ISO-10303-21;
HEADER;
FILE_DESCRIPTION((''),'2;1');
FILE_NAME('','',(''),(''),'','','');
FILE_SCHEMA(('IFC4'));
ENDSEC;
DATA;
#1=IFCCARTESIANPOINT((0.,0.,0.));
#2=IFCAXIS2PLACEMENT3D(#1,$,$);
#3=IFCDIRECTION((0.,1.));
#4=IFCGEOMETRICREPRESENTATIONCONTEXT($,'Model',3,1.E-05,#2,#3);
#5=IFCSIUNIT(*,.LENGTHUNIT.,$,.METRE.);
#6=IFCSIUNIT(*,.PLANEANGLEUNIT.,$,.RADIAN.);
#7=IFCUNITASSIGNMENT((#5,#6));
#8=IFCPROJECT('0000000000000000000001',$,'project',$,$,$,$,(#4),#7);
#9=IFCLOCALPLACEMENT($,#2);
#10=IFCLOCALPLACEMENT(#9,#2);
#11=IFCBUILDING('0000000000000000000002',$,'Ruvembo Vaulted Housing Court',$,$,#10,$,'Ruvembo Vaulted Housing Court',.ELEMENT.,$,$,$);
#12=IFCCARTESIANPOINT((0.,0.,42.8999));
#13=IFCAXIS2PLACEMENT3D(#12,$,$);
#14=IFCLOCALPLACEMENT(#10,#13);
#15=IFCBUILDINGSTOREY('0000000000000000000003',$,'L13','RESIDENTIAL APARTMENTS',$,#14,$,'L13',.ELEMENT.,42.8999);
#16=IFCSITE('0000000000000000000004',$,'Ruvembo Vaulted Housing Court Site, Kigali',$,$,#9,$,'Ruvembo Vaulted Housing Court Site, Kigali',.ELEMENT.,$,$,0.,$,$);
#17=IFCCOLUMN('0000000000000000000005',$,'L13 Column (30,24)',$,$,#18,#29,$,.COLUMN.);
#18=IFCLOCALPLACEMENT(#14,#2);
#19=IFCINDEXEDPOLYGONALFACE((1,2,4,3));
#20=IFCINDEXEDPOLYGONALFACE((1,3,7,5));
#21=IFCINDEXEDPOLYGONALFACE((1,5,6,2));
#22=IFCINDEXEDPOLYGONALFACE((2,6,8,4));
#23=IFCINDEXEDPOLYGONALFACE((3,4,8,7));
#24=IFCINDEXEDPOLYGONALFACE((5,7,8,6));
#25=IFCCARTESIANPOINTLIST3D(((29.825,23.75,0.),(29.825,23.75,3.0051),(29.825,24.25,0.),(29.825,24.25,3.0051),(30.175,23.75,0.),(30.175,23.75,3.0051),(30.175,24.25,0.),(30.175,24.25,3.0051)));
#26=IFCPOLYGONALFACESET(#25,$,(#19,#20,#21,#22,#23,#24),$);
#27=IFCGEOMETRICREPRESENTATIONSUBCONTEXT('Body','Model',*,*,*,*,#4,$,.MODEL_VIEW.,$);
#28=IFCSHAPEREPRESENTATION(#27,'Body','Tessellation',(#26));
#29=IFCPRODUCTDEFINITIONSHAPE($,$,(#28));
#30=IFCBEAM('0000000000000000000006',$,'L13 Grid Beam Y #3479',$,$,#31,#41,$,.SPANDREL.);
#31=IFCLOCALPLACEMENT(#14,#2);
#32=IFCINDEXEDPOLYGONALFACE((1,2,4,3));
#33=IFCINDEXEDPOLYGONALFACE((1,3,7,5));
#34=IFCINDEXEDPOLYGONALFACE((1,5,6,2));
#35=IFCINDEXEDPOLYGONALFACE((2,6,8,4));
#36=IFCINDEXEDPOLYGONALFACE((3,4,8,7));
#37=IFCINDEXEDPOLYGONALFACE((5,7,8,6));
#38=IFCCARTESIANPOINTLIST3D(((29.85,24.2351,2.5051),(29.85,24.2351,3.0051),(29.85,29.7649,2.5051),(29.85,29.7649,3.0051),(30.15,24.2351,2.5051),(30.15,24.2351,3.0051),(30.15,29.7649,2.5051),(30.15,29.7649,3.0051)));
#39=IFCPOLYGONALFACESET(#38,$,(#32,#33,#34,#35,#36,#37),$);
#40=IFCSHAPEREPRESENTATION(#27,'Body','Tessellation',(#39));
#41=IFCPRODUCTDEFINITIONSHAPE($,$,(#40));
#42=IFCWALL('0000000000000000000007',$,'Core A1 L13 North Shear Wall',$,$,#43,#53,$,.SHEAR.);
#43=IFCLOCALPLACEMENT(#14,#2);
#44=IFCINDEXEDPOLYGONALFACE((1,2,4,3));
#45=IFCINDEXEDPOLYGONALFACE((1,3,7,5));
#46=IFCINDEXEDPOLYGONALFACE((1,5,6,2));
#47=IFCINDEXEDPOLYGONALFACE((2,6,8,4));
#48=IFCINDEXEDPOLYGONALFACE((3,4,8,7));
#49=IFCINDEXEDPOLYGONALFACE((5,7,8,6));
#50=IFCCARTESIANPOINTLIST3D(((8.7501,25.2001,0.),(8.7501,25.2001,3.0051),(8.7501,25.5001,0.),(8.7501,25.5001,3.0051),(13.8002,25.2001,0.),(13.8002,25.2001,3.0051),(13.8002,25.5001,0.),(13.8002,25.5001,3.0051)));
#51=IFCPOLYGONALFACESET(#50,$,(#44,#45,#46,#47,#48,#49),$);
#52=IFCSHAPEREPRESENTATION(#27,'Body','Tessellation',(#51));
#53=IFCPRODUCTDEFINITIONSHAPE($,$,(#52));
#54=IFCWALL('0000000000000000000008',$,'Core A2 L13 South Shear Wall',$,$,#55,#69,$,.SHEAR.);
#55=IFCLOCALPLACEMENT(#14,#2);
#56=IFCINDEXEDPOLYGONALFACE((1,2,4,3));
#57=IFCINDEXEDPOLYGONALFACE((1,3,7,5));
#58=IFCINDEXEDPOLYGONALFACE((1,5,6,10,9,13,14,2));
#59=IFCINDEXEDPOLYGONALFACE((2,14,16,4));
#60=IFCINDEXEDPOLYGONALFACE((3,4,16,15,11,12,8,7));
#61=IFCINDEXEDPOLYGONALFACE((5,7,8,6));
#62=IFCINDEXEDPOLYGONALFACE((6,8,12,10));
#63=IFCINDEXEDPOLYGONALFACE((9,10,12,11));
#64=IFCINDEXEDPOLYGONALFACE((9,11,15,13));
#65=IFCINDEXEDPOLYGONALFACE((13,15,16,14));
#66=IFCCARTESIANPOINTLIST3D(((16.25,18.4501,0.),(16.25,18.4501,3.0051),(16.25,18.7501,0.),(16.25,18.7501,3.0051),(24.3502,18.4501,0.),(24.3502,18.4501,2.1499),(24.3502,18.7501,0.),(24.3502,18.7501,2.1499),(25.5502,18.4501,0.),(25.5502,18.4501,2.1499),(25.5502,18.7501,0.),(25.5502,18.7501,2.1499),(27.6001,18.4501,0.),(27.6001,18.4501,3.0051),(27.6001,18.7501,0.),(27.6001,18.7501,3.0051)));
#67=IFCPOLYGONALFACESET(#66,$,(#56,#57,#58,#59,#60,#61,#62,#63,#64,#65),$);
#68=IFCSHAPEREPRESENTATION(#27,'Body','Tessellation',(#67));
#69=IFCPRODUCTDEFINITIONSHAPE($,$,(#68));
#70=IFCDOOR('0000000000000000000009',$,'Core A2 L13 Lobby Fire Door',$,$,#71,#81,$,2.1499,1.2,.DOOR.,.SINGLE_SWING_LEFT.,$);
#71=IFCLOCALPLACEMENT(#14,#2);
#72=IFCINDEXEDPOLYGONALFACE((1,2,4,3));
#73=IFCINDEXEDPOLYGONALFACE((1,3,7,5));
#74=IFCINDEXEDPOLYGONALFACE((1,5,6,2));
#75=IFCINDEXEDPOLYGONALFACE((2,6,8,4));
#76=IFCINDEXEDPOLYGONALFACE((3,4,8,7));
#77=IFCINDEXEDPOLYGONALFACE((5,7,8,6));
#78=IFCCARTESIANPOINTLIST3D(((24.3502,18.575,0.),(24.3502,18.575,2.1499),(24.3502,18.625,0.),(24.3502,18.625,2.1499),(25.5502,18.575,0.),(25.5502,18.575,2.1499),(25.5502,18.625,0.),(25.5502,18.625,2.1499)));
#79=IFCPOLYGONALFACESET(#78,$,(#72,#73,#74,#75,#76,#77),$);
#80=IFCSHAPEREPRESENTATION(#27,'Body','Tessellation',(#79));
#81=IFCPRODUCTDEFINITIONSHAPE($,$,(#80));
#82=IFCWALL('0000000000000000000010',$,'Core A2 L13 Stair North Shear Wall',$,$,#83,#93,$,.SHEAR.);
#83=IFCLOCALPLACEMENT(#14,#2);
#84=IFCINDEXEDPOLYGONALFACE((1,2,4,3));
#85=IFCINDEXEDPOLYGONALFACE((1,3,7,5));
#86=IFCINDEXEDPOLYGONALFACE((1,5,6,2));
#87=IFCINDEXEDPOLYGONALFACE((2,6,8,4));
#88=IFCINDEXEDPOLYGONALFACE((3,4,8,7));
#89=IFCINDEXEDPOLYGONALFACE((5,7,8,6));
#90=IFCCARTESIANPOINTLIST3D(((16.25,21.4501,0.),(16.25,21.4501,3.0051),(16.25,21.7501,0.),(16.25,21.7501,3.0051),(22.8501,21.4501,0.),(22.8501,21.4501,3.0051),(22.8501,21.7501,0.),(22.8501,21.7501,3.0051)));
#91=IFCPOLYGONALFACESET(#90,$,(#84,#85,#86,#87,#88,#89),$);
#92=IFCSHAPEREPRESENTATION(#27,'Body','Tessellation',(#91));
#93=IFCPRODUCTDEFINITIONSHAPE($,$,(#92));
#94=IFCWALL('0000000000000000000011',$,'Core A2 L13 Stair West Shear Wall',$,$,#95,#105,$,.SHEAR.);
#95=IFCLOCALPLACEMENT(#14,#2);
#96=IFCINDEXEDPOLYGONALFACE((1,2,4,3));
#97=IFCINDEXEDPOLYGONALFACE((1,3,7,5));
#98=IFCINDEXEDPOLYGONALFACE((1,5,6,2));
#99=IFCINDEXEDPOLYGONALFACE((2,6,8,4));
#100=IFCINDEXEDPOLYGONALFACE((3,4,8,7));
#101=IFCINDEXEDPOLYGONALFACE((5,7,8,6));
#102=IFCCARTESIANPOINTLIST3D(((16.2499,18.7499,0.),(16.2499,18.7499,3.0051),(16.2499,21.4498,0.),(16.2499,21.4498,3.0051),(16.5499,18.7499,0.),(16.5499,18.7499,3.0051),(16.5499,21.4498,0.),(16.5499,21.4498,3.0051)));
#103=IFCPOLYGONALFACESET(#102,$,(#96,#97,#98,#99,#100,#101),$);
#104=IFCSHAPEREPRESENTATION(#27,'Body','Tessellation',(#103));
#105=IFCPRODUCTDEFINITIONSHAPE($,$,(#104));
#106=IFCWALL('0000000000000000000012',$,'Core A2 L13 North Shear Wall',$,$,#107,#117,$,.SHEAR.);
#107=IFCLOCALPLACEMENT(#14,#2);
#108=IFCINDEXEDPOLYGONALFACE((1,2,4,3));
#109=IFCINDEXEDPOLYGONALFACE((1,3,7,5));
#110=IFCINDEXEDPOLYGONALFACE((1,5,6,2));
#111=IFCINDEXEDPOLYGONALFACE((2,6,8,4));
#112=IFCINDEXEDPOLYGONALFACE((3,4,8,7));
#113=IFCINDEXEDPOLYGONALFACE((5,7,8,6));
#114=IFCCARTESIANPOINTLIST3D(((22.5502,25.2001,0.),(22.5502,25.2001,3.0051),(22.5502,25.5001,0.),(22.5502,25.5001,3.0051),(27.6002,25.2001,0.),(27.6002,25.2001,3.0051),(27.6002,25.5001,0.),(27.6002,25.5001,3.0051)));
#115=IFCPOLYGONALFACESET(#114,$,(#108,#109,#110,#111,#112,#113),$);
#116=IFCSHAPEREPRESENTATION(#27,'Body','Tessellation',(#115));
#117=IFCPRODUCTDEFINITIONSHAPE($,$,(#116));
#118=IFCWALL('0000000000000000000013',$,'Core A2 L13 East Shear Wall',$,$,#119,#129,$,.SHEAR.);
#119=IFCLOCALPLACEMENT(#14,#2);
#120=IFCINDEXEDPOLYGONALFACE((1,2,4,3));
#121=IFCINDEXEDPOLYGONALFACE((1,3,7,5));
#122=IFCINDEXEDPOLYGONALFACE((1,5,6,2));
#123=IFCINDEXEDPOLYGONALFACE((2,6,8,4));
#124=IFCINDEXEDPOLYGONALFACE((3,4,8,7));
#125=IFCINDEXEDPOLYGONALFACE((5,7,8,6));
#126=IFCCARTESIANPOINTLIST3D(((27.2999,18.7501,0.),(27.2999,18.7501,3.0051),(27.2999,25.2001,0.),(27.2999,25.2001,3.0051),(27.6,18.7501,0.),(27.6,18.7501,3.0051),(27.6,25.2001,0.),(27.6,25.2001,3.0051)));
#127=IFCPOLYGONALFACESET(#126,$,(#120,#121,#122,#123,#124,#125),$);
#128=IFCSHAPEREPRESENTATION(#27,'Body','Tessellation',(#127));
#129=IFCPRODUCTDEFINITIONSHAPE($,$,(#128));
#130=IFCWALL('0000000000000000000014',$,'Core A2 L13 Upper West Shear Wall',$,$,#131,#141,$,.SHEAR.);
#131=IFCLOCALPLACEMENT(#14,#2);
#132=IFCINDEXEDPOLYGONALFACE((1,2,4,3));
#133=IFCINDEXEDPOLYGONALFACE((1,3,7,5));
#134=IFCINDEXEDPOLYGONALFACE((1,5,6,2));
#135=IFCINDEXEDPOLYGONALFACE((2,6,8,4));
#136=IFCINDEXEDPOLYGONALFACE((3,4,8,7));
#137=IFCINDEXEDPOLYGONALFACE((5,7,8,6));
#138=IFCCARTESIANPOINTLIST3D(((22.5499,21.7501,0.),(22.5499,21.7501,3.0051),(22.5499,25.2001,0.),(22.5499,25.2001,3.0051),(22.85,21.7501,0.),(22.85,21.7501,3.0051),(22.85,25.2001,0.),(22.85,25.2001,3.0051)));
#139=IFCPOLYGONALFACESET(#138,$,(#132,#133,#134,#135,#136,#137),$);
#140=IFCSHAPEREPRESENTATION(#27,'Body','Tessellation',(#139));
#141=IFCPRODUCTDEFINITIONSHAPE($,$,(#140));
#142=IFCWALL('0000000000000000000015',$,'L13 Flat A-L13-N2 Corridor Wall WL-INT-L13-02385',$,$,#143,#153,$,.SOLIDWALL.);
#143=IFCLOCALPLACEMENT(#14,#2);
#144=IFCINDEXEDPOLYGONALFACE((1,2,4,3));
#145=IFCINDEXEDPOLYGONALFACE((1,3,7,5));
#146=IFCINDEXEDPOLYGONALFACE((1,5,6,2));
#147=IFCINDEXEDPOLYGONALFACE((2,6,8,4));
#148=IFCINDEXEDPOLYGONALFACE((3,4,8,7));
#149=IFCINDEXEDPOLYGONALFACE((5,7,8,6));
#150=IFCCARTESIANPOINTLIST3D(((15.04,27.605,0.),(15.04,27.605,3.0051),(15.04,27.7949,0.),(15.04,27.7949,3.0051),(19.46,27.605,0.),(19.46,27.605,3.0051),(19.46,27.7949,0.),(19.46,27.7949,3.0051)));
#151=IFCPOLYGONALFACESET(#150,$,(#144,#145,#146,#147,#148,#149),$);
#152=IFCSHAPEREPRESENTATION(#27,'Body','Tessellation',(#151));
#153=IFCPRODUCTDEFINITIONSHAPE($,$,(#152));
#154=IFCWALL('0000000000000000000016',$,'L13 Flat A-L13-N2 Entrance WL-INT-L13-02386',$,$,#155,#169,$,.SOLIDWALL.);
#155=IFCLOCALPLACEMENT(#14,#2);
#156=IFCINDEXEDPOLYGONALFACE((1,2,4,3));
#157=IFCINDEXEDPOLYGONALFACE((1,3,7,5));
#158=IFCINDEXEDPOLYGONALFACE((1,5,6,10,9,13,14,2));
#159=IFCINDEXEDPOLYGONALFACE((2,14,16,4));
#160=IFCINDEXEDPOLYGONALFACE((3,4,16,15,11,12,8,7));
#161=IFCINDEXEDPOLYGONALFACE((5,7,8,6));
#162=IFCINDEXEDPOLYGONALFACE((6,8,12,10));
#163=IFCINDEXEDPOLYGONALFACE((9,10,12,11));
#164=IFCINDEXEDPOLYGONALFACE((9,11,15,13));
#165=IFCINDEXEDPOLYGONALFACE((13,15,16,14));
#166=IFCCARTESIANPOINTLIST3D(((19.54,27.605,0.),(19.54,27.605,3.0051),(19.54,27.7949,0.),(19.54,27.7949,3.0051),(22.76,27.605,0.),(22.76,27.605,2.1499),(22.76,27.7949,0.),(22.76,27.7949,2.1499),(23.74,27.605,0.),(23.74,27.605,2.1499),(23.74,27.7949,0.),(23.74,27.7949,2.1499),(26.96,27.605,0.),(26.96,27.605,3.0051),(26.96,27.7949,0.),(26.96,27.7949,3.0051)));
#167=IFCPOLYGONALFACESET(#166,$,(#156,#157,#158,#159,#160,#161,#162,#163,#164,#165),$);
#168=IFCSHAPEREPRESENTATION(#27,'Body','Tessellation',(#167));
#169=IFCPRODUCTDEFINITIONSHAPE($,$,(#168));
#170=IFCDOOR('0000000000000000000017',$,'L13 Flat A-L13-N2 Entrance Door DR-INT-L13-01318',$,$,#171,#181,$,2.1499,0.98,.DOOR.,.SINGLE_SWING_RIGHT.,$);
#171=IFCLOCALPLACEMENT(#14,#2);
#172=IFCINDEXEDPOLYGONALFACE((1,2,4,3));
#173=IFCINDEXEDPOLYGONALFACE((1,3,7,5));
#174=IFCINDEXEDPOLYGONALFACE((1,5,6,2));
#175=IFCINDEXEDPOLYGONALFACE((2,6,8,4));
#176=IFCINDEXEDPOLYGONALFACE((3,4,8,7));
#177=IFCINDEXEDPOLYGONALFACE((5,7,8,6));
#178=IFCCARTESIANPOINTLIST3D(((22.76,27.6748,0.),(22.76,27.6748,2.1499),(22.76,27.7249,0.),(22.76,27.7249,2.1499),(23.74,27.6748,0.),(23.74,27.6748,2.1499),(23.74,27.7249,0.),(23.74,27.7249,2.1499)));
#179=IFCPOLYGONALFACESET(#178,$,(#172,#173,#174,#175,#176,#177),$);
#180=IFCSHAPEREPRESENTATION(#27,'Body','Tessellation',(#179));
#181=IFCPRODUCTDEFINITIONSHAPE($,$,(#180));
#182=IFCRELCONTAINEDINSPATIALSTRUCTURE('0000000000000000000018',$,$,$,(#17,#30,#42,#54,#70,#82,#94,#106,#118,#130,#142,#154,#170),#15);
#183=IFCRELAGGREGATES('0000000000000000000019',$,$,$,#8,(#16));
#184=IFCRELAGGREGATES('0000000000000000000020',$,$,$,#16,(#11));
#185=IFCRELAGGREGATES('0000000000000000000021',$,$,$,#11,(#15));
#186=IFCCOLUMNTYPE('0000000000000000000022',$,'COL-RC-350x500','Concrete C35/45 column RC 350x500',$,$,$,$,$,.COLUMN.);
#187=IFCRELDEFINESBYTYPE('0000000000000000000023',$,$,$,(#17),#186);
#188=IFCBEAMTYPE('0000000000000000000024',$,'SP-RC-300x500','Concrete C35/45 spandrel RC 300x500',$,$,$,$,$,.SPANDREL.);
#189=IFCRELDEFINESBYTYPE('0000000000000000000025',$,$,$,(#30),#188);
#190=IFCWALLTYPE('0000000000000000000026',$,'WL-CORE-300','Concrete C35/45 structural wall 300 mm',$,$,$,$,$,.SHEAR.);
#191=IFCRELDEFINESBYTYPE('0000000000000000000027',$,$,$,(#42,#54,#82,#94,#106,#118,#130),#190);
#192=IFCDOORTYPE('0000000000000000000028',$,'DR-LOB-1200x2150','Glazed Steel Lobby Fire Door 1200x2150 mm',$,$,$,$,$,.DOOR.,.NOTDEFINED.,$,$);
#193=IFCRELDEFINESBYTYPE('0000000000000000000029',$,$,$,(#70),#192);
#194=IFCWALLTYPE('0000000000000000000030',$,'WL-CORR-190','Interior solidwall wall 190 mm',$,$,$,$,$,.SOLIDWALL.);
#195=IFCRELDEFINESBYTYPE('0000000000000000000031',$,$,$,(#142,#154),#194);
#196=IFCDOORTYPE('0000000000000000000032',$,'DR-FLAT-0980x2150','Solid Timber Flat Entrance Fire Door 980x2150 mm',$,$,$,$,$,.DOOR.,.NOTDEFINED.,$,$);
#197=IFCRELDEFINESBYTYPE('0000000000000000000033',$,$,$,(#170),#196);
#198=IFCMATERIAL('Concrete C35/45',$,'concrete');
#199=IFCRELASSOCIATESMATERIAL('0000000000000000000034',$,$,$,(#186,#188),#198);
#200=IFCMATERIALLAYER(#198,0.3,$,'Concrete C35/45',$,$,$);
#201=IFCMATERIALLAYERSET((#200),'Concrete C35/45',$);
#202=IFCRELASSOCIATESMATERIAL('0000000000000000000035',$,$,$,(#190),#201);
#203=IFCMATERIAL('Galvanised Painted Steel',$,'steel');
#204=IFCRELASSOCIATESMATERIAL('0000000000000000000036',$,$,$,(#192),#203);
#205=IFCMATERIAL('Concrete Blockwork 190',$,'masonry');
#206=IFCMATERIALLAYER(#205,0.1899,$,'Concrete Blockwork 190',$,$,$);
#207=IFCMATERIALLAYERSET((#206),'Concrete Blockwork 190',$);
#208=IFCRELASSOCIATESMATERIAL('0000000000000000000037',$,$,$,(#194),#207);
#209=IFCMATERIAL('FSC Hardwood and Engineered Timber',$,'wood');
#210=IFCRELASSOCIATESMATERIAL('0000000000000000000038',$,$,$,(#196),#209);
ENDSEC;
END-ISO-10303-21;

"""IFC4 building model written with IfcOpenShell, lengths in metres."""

from ifc_helpers import new_model, si_unit, direction, frame, frame_2d, origin, origin_2d, place, context, subcontext, project, spatial, rectangle, extrude, material, layer, layer_set, material_profile, profile_set, type_object, element, fill, save


model = new_model("IFC4")

# Units and contexts
model_context = context("Model", 3, precision=1e-05, world=origin(), true_north=direction((0.0, 1.0)))
body_context = subcontext(model_context, "Body", "Model", "MODEL_VIEW")
ifc_project = project(units=[si_unit("LENGTHUNIT", "METRE"), si_unit("PLANEANGLEUNIT", "RADIAN")], contexts=[model_context])

# Site, building, storey
site_placement = place(None, origin())
site = spatial("IfcSite", under=ifc_project, at=site_placement, Name="Ruvembo Vaulted Housing Court Site, Kigali", LongName="Ruvembo Vaulted Housing Court Site, Kigali", CompositionType="ELEMENT", RefElevation=0.0)
building_placement = place(site_placement, origin())
building = spatial("IfcBuilding", under=site, at=building_placement, Name="Ruvembo Vaulted Housing Court", LongName="Ruvembo Vaulted Housing Court", CompositionType="ELEMENT")
storey_placement = place(building_placement, frame((0.0, 0.0, 42.8999)))
storey = spatial("IfcBuildingStorey", under=building, at=storey_placement, Name="L13", Description="RESIDENTIAL APARTMENTS", LongName="L13", CompositionType="ELEMENT", Elevation=42.8999)

# Column
ifc_material_1 = material(Name="Concrete C35/45", Category="concrete")
ifc_material_profile_1 = material_profile(ifc_material_1, rectangle(XDim=0.3501, YDim=0.5, at=origin_2d()), Name="RC 350x500")
ifc_profile_set_1 = profile_set([ifc_material_profile_1], Name="Concrete C35/45")
column_type = type_object("IfcColumnType", Name="COL-RC-350x500", Description="Concrete C35/45 column RC 350x500", PredefinedType="COLUMN", material=ifc_profile_set_1)
column_placement = place(storey_placement, frame((30.0, 24.0, 0.0), z_axis=(0.0, 0.0, 1.0), x_axis=(1.0, 0.0, 0.0)))
element("IfcColumn", 1, at=column_placement, inside=storey, type_object=column_type, Name="L13 Column (30,24)", PredefinedType="COLUMN", context=body_context, shape_type="SweptSolid", body=[
    extrude(rectangle(XDim=0.3501, YDim=0.5, at=origin_2d()), origin(), (0.0, 0.0, 1.0), 3.0051),
])

# Beam
ifc_material_profile_2 = material_profile(ifc_material_1, rectangle(XDim=0.3, YDim=0.5, at=origin_2d()), Name="RC 300x500")
ifc_profile_set_2 = profile_set([ifc_material_profile_2], Name="Concrete C35/45")
beam_type = type_object("IfcBeamType", Name="SP-RC-300x500", Description="Concrete C35/45 spandrel RC 300x500", PredefinedType="SPANDREL", material=ifc_profile_set_2)
beam_placement = place(storey_placement, frame((30.0, 24.2351, 2.7551), z_axis=(0.0, 1.0, 0.0), x_axis=(-1.0, 0.0, 0.0)))
element("IfcBeam", 2, at=beam_placement, inside=storey, type_object=beam_type, Name="L13 Grid Beam Y #3479", PredefinedType="SPANDREL", context=body_context, shape_type="SweptSolid", body=[
    extrude(rectangle(XDim=0.3, YDim=0.5, at=origin_2d()), origin(), (0.0, 0.0, 1.0), 5.5298),
])

# Wall
ifc_layer_1 = layer(ifc_material_1, 0.3, Name="Concrete C35/45")
ifc_layer_set_1 = layer_set([ifc_layer_1], Name="Concrete C35/45")
wall_type_1 = type_object("IfcWallType", Name="WL-CORE-300", Description="Concrete C35/45 structural wall 300 mm", PredefinedType="SHEAR", material=ifc_layer_set_1)
wall_1_placement = place(storey_placement, frame((13.8, 25.3501, 0.0), z_axis=(0.0, 0.0, 1.0), x_axis=(-1.0, 0.0, 0.0)))
element("IfcWall", 3, at=wall_1_placement, inside=storey, type_object=wall_type_1, Name="Core A1 L13 North Shear Wall", PredefinedType="SHEAR", context=body_context, shape_type="SweptSolid", body=[
    extrude(rectangle(XDim=5.05, YDim=0.3, at=frame_2d((2.5249, 0.0))), origin(), (0.0, 0.0, 1.0), 3.0051),
])

# Wall, opening, door
wall_2_placement = place(storey_placement, frame((16.25, 18.6001, 0.0), z_axis=(0.0, 0.0, 1.0), x_axis=(1.0, 0.0, 0.0)))
wall_2 = element("IfcWall", 4, at=wall_2_placement, inside=storey, type_object=wall_type_1, Name="Core A2 L13 South Shear Wall", PredefinedType="SHEAR", context=body_context, shape_type="SweptSolid", body=[
    extrude(rectangle(XDim=11.3501, YDim=0.3, at=frame_2d((5.675, 0.0))), origin(), (0.0, 0.0, 1.0), 3.0051),
])
opening_1_placement = place(wall_2_placement, frame((8.1001, 0.0, 0.0)))
opening_1 = element("IfcOpeningElement", 5, at=opening_1_placement, cuts=wall_2, PredefinedType="OPENING", context=body_context, shape_type="SweptSolid", body=[
    extrude(rectangle(XDim=1.2, YDim=2.1499, at=frame_2d((0.6001, 1.075))), frame((0.0, 0.1599, 0.0), z_axis=(0.0, -1.0, 0.0), x_axis=(1.0, 0.0, 0.0)), (0.0, 0.0, 1.0), 0.3201),
])
ifc_material_2 = material(Name="Galvanised Painted Steel", Category="steel")
door_type_1 = type_object("IfcDoorType", Name="DR-LOB-1200x2150", Description="Glazed Steel Lobby Fire Door 1200x2150 mm", OperationType="NOTDEFINED", PredefinedType="DOOR", material=ifc_material_2)
door_1_placement = place(opening_1_placement, origin())
door_1 = element("IfcDoor", 6, at=door_1_placement, inside=storey, type_object=door_type_1, Name="Core A2 L13 Lobby Fire Door", OperationType="SINGLE_SWING_LEFT", OverallHeight=2.1499, OverallWidth=1.2, PredefinedType="DOOR", context=body_context, shape_type="SweptSolid", body=[
    extrude(rectangle(XDim=1.2, YDim=2.1499, at=frame_2d((0.6001, 1.075))), frame((0.0, 0.0249, 0.0), z_axis=(0.0, -1.0, 0.0), x_axis=(1.0, 0.0, 0.0)), (0.0, 0.0, 1.0), 0.05),
])
fill(opening_1, door_1)

# Walls
wall_3_placement = place(storey_placement, frame((22.8501, 21.6001, 0.0), z_axis=(0.0, 0.0, 1.0), x_axis=(-1.0, 0.0, 0.0)))
element("IfcWall", 7, at=wall_3_placement, inside=storey, type_object=wall_type_1, Name="Core A2 L13 Stair North Shear Wall", PredefinedType="SHEAR", context=body_context, shape_type="SweptSolid", body=[
    extrude(rectangle(XDim=6.6001, YDim=0.3, at=frame_2d((3.3, 0.0))), origin(), (0.0, 0.0, 1.0), 3.0051),
])
wall_4_placement = place(storey_placement, frame((16.3999, 21.45, 0.0), z_axis=(0.0, 0.0, 1.0), x_axis=(0.0, -1.0, 0.0)))
element("IfcWall", 8, at=wall_4_placement, inside=storey, type_object=wall_type_1, Name="Core A2 L13 Stair West Shear Wall", PredefinedType="SHEAR", context=body_context, shape_type="SweptSolid", body=[
    extrude(rectangle(XDim=2.7, YDim=0.3, at=frame_2d((1.3501, 0.0))), origin(), (0.0, 0.0, 1.0), 3.0051),
])

# Walls
wall_5_placement = place(storey_placement, frame((27.6001, 25.3501, 0.0), z_axis=(0.0, 0.0, 1.0), x_axis=(-1.0, 0.0, 0.0)))
element("IfcWall", 9, at=wall_5_placement, inside=storey, type_object=wall_type_1, Name="Core A2 L13 North Shear Wall", PredefinedType="SHEAR", context=body_context, shape_type="SweptSolid", body=[
    extrude(rectangle(XDim=5.05, YDim=0.3, at=frame_2d((2.5249, 0.0))), origin(), (0.0, 0.0, 1.0), 3.0051),
])
wall_6_placement = place(storey_placement, frame((27.45, 18.75, 0.0), z_axis=(0.0, 0.0, 1.0), x_axis=(0.0, 1.0, 0.0)))
element("IfcWall", 10, at=wall_6_placement, inside=storey, type_object=wall_type_1, Name="Core A2 L13 East Shear Wall", PredefinedType="SHEAR", context=body_context, shape_type="SweptSolid", body=[
    extrude(rectangle(XDim=6.45, YDim=0.3, at=frame_2d((3.2251, 0.0))), origin(), (0.0, 0.0, 1.0), 3.0051),
])
wall_7_placement = place(storey_placement, frame((22.7, 21.75, 0.0), z_axis=(0.0, 0.0, 1.0), x_axis=(0.0, 1.0, 0.0)))
element("IfcWall", 11, at=wall_7_placement, inside=storey, type_object=wall_type_1, Name="Core A2 L13 Upper West Shear Wall", PredefinedType="SHEAR", context=body_context, shape_type="SweptSolid", body=[
    extrude(rectangle(XDim=3.45, YDim=0.3, at=frame_2d((1.7251, 0.0))), origin(), (0.0, 0.0, 1.0), 3.0051),
])
ifc_material_3 = material(Name="Concrete Blockwork 190", Category="masonry")
ifc_layer_2 = layer(ifc_material_3, 0.1899, Name="Concrete Blockwork 190")
ifc_layer_set_2 = layer_set([ifc_layer_2], Name="Concrete Blockwork 190")
wall_type_2 = type_object("IfcWallType", Name="WL-CORR-190", Description="Interior solidwall wall 190 mm", PredefinedType="SOLIDWALL", material=ifc_layer_set_2)
wall_8_placement = place(storey_placement, frame((15.04, 27.7, 0.0), z_axis=(0.0, 0.0, 1.0), x_axis=(1.0, 0.0, 0.0)))
element("IfcWall", 12, at=wall_8_placement, inside=storey, type_object=wall_type_2, Name="L13 Flat A-L13-N2 Corridor Wall WL-INT-L13-02385", PredefinedType="SOLIDWALL", context=body_context, shape_type="SweptSolid", body=[
    extrude(rectangle(XDim=4.4199, YDim=0.1899, at=frame_2d((2.21, 0.0))), origin(), (0.0, 0.0, 1.0), 3.0051),
])

# Wall, opening, door
wall_9_placement = place(storey_placement, frame((19.54, 27.7, 0.0), z_axis=(0.0, 0.0, 1.0), x_axis=(1.0, 0.0, 0.0)))
wall_9 = element("IfcWall", 13, at=wall_9_placement, inside=storey, type_object=wall_type_2, Name="L13 Flat A-L13-N2 Entrance WL-INT-L13-02386", PredefinedType="SOLIDWALL", context=body_context, shape_type="SweptSolid", body=[
    extrude(rectangle(XDim=7.4199, YDim=0.1899, at=frame_2d((3.71, 0.0))), origin(), (0.0, 0.0, 1.0), 3.0051),
])
opening_2_placement = place(wall_9_placement, frame((3.22, 0.0, 0.0)))
opening_2 = element("IfcOpeningElement", 14, at=opening_2_placement, cuts=wall_9, PredefinedType="OPENING", context=body_context, shape_type="SweptSolid", body=[
    extrude(rectangle(XDim=0.98, YDim=2.1499, at=frame_2d((0.49, 1.075))), frame((0.0, 0.105, 0.0), z_axis=(0.0, -1.0, 0.0), x_axis=(1.0, 0.0, 0.0)), (0.0, 0.0, 1.0), 0.21),
])
ifc_material_4 = material(Name="FSC Hardwood and Engineered Timber", Category="wood")
door_type_2 = type_object("IfcDoorType", Name="DR-FLAT-0980x2150", Description="Solid Timber Flat Entrance Fire Door 980x2150 mm", OperationType="NOTDEFINED", PredefinedType="DOOR", material=ifc_material_4)
door_2_placement = place(opening_2_placement, origin())
door_2 = element("IfcDoor", 15, at=door_2_placement, inside=storey, type_object=door_type_2, Name="L13 Flat A-L13-N2 Entrance Door DR-INT-L13-01318", OperationType="SINGLE_SWING_RIGHT", OverallHeight=2.1499, OverallWidth=0.98, PredefinedType="DOOR", context=body_context, shape_type="SweptSolid", body=[
    extrude(rectangle(XDim=0.98, YDim=2.1499, at=frame_2d((0.49, 1.075))), frame((0.0, 0.0249, 0.0), z_axis=(0.0, -1.0, 0.0), x_axis=(1.0, 0.0, 0.0)), (0.0, 0.0, 1.0), 0.05),
])
fill(opening_2, door_2)

save(model, "model.ifc")
